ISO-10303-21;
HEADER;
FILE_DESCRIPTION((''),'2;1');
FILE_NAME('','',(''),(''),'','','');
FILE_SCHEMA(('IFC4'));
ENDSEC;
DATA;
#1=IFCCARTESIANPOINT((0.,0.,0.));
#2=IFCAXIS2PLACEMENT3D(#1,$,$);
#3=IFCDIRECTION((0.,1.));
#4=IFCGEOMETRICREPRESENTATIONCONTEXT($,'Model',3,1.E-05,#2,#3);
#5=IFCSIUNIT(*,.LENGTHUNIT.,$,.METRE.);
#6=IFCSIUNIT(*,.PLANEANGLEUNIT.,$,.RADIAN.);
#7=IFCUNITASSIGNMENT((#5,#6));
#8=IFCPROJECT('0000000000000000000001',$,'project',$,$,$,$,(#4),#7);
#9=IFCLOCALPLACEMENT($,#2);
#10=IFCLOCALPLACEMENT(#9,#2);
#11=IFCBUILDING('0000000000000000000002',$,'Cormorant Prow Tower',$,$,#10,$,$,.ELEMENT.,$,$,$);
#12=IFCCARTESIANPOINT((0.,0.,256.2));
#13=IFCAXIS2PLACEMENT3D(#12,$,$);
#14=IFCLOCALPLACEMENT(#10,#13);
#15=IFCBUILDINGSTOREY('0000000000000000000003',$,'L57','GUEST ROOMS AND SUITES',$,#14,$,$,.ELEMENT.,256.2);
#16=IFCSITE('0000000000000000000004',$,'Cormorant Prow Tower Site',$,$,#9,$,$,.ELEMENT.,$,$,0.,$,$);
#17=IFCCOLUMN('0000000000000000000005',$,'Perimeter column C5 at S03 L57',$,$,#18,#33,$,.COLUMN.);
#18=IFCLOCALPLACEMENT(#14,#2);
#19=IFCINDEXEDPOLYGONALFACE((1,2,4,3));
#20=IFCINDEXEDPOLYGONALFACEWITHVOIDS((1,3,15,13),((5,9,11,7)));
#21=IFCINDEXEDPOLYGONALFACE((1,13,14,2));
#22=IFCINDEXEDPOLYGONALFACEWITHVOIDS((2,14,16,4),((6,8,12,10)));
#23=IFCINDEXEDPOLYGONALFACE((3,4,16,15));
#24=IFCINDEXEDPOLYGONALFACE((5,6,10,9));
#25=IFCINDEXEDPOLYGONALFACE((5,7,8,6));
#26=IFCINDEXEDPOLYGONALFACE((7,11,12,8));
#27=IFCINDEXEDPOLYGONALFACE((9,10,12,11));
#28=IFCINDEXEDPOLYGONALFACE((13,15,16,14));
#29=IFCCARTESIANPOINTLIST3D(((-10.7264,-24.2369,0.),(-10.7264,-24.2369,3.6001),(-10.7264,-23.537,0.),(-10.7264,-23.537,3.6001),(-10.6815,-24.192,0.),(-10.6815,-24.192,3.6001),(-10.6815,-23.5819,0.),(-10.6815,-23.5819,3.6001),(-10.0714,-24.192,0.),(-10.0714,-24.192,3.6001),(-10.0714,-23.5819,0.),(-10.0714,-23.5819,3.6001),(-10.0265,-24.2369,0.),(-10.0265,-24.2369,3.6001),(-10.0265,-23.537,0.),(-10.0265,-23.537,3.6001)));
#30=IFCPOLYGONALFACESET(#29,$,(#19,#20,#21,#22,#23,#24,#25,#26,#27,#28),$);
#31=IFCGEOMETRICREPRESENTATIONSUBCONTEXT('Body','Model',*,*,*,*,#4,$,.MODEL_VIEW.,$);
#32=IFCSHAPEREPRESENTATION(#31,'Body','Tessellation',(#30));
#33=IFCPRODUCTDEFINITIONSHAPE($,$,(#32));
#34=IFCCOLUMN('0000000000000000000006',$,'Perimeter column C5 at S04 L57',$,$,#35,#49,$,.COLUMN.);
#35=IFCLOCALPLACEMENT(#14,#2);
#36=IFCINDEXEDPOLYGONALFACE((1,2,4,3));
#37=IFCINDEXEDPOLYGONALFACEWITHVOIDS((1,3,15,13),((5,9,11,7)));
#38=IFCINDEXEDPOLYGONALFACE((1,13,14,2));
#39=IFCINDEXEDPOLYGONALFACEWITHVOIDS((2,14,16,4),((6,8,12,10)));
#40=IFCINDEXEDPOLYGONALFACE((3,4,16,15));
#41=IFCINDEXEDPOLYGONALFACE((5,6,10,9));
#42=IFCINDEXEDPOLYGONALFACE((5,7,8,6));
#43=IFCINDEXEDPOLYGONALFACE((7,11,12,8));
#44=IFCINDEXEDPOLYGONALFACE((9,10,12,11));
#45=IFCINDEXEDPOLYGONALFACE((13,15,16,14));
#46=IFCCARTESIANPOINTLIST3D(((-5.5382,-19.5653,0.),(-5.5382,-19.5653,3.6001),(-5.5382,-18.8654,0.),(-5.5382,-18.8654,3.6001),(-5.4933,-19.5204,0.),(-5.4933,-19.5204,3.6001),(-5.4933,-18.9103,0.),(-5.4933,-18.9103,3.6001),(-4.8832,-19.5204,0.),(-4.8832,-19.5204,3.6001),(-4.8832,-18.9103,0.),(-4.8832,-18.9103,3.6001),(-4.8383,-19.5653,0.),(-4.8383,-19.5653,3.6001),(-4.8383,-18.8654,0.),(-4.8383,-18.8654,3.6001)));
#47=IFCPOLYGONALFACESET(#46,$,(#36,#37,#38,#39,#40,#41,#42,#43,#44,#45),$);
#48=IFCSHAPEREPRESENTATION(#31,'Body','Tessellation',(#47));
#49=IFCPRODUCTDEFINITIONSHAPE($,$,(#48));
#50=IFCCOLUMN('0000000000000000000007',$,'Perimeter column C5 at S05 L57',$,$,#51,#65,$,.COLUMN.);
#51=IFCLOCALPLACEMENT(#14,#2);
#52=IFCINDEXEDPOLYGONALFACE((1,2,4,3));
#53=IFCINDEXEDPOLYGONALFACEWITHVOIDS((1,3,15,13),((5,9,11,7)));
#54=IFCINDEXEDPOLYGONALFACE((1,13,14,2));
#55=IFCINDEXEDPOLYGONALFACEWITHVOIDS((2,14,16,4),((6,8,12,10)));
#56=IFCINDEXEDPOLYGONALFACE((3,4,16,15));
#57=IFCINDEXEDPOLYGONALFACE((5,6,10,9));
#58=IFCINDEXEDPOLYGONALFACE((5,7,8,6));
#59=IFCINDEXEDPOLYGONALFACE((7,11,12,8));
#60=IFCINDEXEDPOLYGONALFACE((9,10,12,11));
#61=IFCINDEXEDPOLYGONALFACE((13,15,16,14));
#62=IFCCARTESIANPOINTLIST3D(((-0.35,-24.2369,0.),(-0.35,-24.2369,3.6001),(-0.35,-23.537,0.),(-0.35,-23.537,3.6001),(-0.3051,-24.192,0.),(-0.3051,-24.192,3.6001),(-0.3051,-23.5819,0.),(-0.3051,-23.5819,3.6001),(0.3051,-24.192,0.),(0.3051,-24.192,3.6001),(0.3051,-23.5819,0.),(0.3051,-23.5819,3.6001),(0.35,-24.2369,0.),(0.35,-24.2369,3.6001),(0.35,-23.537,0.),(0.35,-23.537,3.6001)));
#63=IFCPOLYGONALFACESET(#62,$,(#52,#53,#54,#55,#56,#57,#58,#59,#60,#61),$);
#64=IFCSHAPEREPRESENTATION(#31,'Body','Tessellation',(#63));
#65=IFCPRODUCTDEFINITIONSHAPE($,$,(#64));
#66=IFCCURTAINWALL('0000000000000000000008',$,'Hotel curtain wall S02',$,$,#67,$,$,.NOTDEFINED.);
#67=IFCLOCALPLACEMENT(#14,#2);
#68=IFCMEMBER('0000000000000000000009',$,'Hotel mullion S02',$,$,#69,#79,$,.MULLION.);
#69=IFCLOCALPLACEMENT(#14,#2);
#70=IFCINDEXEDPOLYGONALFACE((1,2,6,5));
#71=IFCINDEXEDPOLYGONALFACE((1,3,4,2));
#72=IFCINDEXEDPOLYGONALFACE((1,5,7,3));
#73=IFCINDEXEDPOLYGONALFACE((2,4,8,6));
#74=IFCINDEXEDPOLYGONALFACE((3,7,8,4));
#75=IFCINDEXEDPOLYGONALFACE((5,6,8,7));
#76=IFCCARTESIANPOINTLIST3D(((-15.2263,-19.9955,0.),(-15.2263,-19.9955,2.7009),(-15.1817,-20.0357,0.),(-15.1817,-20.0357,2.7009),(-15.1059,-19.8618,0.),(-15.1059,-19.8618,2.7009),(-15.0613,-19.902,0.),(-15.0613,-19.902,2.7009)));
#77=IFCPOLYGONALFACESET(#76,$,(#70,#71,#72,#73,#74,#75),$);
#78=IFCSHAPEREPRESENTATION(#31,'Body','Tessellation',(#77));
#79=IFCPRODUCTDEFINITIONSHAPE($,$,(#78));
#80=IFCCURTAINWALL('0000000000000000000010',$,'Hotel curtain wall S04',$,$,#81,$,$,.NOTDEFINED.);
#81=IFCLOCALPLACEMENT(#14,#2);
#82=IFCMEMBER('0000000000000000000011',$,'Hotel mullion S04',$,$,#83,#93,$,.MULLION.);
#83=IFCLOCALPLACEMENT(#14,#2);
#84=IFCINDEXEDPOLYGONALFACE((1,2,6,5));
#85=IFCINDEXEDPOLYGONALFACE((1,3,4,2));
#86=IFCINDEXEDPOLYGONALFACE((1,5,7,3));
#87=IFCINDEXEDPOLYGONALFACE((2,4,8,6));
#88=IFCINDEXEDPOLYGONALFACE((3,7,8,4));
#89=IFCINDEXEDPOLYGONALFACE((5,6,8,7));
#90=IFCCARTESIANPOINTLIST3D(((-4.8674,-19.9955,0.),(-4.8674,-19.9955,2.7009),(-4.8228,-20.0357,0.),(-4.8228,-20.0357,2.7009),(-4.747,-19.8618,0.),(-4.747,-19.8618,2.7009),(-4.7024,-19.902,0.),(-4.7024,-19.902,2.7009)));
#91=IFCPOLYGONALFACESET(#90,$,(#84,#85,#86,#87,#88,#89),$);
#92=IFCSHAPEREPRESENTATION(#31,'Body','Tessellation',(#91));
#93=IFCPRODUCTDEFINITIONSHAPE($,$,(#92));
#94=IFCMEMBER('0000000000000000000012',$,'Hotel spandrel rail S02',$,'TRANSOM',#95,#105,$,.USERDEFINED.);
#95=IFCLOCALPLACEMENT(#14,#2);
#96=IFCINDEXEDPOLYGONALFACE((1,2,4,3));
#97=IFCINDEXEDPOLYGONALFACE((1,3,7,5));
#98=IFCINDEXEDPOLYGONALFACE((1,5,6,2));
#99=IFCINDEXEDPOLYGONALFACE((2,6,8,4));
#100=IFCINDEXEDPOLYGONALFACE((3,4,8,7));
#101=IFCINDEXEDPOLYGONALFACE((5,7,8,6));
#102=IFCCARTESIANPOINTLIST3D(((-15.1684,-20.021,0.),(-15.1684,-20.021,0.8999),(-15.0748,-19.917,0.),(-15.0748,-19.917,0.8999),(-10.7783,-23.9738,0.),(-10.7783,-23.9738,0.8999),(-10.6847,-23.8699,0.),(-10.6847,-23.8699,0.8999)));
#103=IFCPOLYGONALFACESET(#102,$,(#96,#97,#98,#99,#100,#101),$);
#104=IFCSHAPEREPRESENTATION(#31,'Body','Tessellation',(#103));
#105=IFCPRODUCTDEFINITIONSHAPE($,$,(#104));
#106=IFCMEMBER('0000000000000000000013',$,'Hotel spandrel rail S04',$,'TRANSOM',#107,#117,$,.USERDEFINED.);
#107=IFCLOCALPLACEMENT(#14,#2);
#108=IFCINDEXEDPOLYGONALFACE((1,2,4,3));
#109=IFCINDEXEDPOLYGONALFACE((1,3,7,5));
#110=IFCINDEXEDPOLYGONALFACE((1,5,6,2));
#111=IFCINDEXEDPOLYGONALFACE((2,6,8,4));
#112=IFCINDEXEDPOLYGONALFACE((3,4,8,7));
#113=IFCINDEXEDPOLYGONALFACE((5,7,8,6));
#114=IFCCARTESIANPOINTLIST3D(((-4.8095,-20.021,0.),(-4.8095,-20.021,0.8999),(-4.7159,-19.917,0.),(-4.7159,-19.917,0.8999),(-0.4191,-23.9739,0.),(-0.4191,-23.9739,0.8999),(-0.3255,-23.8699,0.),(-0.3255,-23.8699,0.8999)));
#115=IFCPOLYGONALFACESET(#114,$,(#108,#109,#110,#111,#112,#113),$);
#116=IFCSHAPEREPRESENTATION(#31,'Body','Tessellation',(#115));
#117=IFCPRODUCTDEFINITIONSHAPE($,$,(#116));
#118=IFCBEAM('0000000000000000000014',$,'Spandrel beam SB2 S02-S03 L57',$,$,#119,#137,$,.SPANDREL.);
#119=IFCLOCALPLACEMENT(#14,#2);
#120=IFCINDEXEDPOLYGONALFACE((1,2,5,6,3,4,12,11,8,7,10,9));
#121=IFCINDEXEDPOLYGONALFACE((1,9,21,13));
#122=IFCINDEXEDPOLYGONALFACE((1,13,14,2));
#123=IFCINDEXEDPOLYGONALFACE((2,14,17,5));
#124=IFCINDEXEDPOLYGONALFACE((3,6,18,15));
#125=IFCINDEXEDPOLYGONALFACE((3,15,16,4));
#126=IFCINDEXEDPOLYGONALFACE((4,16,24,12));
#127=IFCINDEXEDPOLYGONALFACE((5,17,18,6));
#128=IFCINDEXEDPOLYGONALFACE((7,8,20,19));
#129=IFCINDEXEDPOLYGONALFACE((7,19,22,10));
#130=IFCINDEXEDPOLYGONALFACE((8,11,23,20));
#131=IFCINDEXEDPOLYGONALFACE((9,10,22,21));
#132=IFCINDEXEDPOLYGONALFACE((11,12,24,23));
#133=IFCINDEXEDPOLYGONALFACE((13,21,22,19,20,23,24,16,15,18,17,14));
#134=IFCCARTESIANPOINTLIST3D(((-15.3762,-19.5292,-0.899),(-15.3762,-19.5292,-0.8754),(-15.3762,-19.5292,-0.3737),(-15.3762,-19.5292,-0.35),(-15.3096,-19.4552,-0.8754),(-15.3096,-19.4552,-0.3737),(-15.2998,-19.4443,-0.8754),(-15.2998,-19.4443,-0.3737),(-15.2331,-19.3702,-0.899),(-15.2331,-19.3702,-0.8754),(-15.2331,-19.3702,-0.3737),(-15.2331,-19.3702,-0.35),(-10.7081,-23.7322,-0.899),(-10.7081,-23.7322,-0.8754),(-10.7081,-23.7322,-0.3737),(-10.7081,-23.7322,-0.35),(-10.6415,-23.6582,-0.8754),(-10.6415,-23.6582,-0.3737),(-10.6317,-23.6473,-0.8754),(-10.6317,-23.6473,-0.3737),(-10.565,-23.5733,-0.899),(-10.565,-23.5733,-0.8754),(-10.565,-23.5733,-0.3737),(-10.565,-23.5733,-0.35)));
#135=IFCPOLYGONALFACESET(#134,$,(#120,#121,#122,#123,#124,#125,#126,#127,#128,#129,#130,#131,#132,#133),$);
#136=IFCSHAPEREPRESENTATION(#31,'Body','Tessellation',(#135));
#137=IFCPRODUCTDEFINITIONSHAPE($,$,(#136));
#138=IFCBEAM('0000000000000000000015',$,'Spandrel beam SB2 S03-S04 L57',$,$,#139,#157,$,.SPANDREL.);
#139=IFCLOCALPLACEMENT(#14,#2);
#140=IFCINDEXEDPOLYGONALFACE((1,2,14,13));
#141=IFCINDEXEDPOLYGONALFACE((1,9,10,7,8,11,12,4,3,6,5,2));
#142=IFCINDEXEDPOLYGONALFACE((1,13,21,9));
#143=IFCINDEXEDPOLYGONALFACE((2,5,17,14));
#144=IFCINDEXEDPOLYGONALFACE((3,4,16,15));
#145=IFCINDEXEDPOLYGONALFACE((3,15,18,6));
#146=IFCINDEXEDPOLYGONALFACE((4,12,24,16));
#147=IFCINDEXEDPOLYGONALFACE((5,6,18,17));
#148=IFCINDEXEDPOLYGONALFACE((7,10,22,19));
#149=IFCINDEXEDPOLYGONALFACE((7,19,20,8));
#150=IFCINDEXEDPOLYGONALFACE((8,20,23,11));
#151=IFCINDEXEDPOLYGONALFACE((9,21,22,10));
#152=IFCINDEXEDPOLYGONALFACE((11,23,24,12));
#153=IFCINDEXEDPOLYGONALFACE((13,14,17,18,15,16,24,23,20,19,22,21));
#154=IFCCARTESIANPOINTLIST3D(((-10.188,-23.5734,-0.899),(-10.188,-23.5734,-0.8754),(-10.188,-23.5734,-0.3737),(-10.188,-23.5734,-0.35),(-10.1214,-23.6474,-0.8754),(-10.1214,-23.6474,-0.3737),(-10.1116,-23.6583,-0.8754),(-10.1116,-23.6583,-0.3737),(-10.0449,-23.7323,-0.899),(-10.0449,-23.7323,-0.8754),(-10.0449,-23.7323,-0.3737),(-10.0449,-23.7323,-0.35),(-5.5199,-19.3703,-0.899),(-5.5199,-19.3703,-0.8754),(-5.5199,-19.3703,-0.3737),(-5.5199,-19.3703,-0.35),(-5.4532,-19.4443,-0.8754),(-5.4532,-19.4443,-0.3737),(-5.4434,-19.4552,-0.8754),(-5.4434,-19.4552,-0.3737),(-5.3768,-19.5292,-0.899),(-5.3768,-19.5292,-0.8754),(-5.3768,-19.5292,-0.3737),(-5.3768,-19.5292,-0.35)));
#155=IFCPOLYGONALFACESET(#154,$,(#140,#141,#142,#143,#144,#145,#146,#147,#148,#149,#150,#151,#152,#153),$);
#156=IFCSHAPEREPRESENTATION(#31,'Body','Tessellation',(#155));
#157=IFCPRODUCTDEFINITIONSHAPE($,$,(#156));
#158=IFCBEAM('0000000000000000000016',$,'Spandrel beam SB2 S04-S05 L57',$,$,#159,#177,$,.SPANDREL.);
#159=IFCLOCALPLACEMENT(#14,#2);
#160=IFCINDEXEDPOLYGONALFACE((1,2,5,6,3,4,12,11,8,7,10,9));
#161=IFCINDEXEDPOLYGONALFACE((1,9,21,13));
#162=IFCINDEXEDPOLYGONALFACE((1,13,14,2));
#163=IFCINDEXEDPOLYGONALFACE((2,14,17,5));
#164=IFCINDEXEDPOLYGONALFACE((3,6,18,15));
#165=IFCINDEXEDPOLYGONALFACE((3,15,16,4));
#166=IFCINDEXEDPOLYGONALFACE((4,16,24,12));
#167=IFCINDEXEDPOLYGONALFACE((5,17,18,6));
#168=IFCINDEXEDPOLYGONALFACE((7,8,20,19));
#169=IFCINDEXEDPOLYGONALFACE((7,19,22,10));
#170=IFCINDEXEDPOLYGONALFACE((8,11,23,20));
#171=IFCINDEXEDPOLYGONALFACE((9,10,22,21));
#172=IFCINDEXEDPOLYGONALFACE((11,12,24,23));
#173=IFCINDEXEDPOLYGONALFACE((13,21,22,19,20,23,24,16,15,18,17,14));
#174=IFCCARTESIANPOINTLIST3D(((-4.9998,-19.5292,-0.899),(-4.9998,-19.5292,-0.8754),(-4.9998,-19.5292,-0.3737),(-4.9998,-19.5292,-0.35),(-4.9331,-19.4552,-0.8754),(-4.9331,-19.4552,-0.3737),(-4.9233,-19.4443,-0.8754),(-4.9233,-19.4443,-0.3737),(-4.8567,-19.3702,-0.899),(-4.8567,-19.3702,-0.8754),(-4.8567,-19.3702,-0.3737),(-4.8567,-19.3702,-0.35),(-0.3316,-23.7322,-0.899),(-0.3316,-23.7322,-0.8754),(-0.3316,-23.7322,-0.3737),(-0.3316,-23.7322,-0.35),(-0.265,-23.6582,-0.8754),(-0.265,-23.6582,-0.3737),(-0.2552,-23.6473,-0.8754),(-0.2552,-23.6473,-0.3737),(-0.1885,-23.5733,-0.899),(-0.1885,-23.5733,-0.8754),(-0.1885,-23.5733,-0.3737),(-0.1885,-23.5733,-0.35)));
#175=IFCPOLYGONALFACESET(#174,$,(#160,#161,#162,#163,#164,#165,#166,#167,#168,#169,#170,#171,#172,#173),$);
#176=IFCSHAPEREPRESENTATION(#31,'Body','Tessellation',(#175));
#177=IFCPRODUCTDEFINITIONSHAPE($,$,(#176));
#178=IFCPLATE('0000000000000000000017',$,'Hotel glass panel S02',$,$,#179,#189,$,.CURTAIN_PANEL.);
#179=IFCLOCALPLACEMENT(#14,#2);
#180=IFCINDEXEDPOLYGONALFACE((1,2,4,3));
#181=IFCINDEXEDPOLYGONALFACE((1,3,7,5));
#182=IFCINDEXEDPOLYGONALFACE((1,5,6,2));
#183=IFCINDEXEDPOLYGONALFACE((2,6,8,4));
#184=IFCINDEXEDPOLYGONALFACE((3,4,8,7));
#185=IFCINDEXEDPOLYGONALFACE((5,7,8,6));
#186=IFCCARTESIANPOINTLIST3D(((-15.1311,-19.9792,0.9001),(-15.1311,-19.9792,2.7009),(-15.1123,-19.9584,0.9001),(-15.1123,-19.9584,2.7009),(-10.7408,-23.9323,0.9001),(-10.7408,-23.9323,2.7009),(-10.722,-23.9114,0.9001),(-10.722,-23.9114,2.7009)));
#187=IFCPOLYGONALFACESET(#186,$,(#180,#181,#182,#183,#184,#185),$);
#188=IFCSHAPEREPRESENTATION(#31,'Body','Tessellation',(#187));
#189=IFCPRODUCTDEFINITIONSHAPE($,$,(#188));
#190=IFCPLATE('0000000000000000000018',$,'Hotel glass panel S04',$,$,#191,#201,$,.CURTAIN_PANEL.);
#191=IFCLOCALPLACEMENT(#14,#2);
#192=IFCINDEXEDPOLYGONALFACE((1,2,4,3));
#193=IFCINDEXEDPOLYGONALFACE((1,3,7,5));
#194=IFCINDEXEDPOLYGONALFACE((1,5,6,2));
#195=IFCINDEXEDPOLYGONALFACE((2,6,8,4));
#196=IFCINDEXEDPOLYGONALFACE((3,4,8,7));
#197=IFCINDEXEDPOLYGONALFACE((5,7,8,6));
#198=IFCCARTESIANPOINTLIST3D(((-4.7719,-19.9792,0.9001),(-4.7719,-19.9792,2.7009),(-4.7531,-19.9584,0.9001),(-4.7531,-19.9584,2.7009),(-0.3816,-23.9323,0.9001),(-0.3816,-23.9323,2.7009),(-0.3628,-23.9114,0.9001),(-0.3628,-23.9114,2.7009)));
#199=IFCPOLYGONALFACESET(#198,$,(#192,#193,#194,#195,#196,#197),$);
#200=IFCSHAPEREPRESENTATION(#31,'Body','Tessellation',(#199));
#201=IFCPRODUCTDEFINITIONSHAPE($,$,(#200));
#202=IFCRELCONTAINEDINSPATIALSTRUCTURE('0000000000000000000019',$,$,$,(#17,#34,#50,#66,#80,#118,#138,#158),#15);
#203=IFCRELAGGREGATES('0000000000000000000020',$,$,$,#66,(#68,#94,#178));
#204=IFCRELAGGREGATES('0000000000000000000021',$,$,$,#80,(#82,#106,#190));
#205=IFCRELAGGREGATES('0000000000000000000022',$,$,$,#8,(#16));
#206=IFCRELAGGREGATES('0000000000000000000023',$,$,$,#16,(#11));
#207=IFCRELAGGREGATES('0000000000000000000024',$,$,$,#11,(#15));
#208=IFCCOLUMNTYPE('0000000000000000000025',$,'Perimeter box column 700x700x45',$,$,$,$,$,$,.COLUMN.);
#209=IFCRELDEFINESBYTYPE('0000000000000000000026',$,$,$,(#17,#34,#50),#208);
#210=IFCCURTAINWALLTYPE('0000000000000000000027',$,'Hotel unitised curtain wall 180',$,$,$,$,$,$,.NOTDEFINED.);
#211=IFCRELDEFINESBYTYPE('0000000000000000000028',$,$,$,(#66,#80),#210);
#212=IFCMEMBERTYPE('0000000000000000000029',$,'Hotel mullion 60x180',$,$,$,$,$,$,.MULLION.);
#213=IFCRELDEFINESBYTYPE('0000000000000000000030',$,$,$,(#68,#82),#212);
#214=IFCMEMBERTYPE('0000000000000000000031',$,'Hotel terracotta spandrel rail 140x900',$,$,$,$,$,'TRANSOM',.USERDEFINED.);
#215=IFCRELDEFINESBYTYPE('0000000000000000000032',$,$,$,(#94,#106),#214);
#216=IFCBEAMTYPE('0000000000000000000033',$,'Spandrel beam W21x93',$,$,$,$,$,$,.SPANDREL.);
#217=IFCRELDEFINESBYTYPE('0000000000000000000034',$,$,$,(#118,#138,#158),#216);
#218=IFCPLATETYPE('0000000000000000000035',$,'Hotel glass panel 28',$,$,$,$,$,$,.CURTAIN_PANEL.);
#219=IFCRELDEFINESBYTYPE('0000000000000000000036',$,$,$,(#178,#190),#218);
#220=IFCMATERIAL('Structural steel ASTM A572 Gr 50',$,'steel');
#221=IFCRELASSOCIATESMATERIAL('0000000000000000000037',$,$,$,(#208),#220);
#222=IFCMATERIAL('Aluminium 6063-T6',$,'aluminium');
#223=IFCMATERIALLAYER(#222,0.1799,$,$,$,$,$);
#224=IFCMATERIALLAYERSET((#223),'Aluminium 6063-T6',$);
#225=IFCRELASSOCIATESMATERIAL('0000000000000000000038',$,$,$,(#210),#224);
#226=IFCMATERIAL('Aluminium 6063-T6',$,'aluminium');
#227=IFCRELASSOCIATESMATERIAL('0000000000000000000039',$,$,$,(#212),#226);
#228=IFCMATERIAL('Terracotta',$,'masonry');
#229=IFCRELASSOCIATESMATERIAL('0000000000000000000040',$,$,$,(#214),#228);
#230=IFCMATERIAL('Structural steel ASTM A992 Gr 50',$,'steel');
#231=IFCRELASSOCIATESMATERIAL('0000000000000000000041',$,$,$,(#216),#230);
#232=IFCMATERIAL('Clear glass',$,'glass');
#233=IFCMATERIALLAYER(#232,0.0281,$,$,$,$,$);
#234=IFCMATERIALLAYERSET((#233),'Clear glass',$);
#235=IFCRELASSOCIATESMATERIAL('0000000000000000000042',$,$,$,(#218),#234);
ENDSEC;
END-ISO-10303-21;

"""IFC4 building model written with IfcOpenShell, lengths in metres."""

from ifc_helpers import new_model, si_unit, direction, frame, origin, origin_2d, place, context, subcontext, project, spatial, rectangle, hollow_rectangle, i_section, extrude, material, layer, layer_set, material_profile, profile_set, type_object, element, aggregate, save


model = new_model("IFC4")

# Units and contexts
model_context = context("Model", 3, precision=1e-05, world=origin(), true_north=direction((0.0, 1.0)))
body_context = subcontext(model_context, "Body", "Model", "MODEL_VIEW")
ifc_project = project(units=[si_unit("LENGTHUNIT", "METRE"), si_unit("PLANEANGLEUNIT", "RADIAN")], contexts=[model_context])

# Site, building, storey
site_placement = place(None, origin())
site = spatial("IfcSite", under=ifc_project, at=site_placement, Name="Cormorant Prow Tower Site", CompositionType="ELEMENT", RefElevation=0.0)
building_placement = place(site_placement, origin())
building = spatial("IfcBuilding", under=site, at=building_placement, Name="Cormorant Prow Tower", CompositionType="ELEMENT")
storey_placement = place(building_placement, frame((0.0, 0.0, 256.2)))
storey = spatial("IfcBuildingStorey", under=building, at=storey_placement, Name="L57", Description="GUEST ROOMS AND SUITES", CompositionType="ELEMENT", Elevation=256.2)

# Columns
ifc_material_1 = material(Name="Structural steel ASTM A572 Gr 50", Category="steel")
ifc_material_profile_1 = material_profile(ifc_material_1, hollow_rectangle(XDim=0.7, YDim=0.7, WallThickness=0.0449, at=origin_2d()), Name="Box 700x700x45")
ifc_profile_set_1 = profile_set([ifc_material_profile_1], Name="Structural steel ASTM A572 Gr 50")
column_type = type_object("IfcColumnType", Name="Perimeter box column 700x700x45", PredefinedType="COLUMN", material=ifc_profile_set_1)
for number, where, z_axis, x_axis, name in (
    (1, (-10.3765, -23.887, 0.0), (0.0, 0.0, 1.0), (1.0, 0.0, 0.0), "Perimeter column C5 at S03 L57"),
    (2, (-5.1882, -19.2153, 0.0), (0.0, 0.0, 1.0), (1.0, 0.0, 0.0), "Perimeter column C5 at S04 L57"),
    (3, (0.0, -23.887, 0.0), (0.0, 0.0, 1.0), (1.0, 0.0, 0.0), "Perimeter column C5 at S05 L57"),
):
    element("IfcColumn", number, at=place(storey_placement, frame(where, z_axis=z_axis, x_axis=x_axis)), inside=storey, type_object=column_type, Name=name, PredefinedType="COLUMN", context=body_context, shape_type="SweptSolid", body=[
        extrude(hollow_rectangle(XDim=0.7, YDim=0.7, WallThickness=0.0449, at=origin_2d()), origin(), (0.0, 0.0, 1.0), 3.6001),
    ])

# Curtain walls, members
ifc_material_2 = material(Name="Aluminium 6063-T6", Category="aluminium")
ifc_layer_1 = layer(ifc_material_2, 0.1799)
ifc_layer_set_1 = layer_set([ifc_layer_1], Name="Aluminium 6063-T6")
curtain_wall_type = type_object("IfcCurtainWallType", Name="Hotel unitised curtain wall 180", PredefinedType="NOTDEFINED", material=ifc_layer_set_1)
curtain_wall_1_placement = place(storey_placement, origin())
curtain_wall_1 = element("IfcCurtainWall", 4, at=curtain_wall_1_placement, inside=storey, type_object=curtain_wall_type, Name="Hotel curtain wall S02", PredefinedType="NOTDEFINED")
ifc_material_3 = material(Name="Aluminium 6063-T6", Category="aluminium")
ifc_material_profile_2 = material_profile(ifc_material_3, rectangle(XDim=0.1799, YDim=0.0601, at=origin_2d()), Name="Hotel mullion 60x180")
ifc_profile_set_2 = profile_set([ifc_material_profile_2], Name="Aluminium 6063-T6")
member_type_1 = type_object("IfcMemberType", Name="Hotel mullion 60x180", PredefinedType="MULLION", material=ifc_profile_set_2)
member_1_placement = place(storey_placement, frame((-15.1438, -19.9487, 0.0), z_axis=(0.0, 0.0, 1.0), x_axis=(0.669131, 0.743145, 0.0)))
member_1 = element("IfcMember", 5, at=member_1_placement, type_object=member_type_1, Name="Hotel mullion S02", PredefinedType="MULLION", context=body_context, shape_type="SweptSolid", body=[
    extrude(rectangle(XDim=0.1799, YDim=0.0601, at=origin_2d()), origin(), (0.0, 0.0, 1.0), 2.7009),
])
curtain_wall_2_placement = place(storey_placement, origin())
curtain_wall_2 = element("IfcCurtainWall", 6, at=curtain_wall_2_placement, inside=storey, type_object=curtain_wall_type, Name="Hotel curtain wall S04", PredefinedType="NOTDEFINED")
member_2_placement = place(storey_placement, frame((-4.7849, -19.9487, 0.0), z_axis=(0.0, 0.0, 1.0), x_axis=(0.669131, 0.743145, 0.0)))
member_2 = element("IfcMember", 7, at=member_2_placement, type_object=member_type_1, Name="Hotel mullion S04", PredefinedType="MULLION", context=body_context, shape_type="SweptSolid", body=[
    extrude(rectangle(XDim=0.1799, YDim=0.0601, at=origin_2d()), origin(), (0.0, 0.0, 1.0), 2.7009),
])

# Members
ifc_material_4 = material(Name="Terracotta", Category="masonry")
ifc_material_profile_3 = material_profile(ifc_material_4, rectangle(XDim=0.1399, YDim=0.8999, at=origin_2d()), Name="Hotel terracotta spandrel rail 140x900")
ifc_profile_set_3 = profile_set([ifc_material_profile_3], Name="Terracotta")
member_type_2 = type_object("IfcMemberType", Name="Hotel terracotta spandrel rail 140x900", ElementType="TRANSOM", PredefinedType="USERDEFINED", material=ifc_profile_set_3)
member_3_placement = place(storey_placement, frame((-15.1216, -19.969, 0.45), z_axis=(0.743146, -0.669129, 0.0), x_axis=(0.669129, 0.743146, 0.0)))
member_3 = element("IfcMember", 8, at=member_3_placement, type_object=member_type_2, Name="Hotel spandrel rail S02", ObjectType="TRANSOM", PredefinedType="USERDEFINED", context=body_context, shape_type="SweptSolid", body=[
    extrude(rectangle(XDim=0.1399, YDim=0.8999, at=origin_2d()), origin(), (0.0, 0.0, 1.0), 5.9075),
])
member_4_placement = place(storey_placement, frame((-4.7627, -19.969, 0.45), z_axis=(0.743165, -0.669109, 0.0), x_axis=(0.669109, 0.743165, 0.0)))
member_4 = element("IfcMember", 9, at=member_4_placement, type_object=member_type_2, Name="Hotel spandrel rail S04", ObjectType="TRANSOM", PredefinedType="USERDEFINED", context=body_context, shape_type="SweptSolid", body=[
    extrude(rectangle(XDim=0.1399, YDim=0.8999, at=origin_2d()), origin(), (0.0, 0.0, 1.0), 5.9077),
])

# Beams
ifc_material_5 = material(Name="Structural steel ASTM A992 Gr 50", Category="steel")
ifc_material_profile_4 = material_profile(ifc_material_5, i_section(OverallWidth=0.2139, OverallDepth=0.5491, WebThickness=0.0146, FlangeThickness=0.0237, at=origin_2d()), Name="W21x93")
ifc_profile_set_4 = profile_set([ifc_material_profile_4], Name="Structural steel ASTM A992 Gr 50")
beam_type = type_object("IfcBeamType", Name="Spandrel beam W21x93", PredefinedType="SPANDREL", material=ifc_profile_set_4)
for number, where, z_axis, x_axis, name in (
    (10, (-15.3047, -19.4497, -0.6245), (0.743157, -0.669117, 0.0), (0.669117, 0.743157, 0.0), "Spandrel beam SB2 S02-S03 L57"),
    (11, (-10.1165, -23.6528, -0.6245), (0.743157, 0.669117, 0.0), (-0.669117, 0.743157, 0.0), "Spandrel beam SB2 S03-S04 L57"),
    (12, (-4.9282, -19.4497, -0.6245), (0.743157, -0.669117, 0.0), (0.669117, 0.743157, 0.0), "Spandrel beam SB2 S04-S05 L57"),
):
    element("IfcBeam", number, at=place(storey_placement, frame(where, z_axis=z_axis, x_axis=x_axis)), inside=storey, type_object=beam_type, Name=name, PredefinedType="SPANDREL", context=body_context, shape_type="SweptSolid", body=[
        extrude(i_section(OverallWidth=0.2139, OverallDepth=0.5491, WebThickness=0.0146, FlangeThickness=0.0237, at=origin_2d()), origin(), (0.0, 0.0, 1.0), 6.2815),
    ])

# Plates
ifc_material_6 = material(Name="Clear glass", Category="glass")
ifc_layer_2 = layer(ifc_material_6, 0.0281)
ifc_layer_set_2 = layer_set([ifc_layer_2], Name="Clear glass")
plate_type = type_object("IfcPlateType", Name="Hotel glass panel 28", PredefinedType="CURTAIN_PANEL", material=ifc_layer_set_2)
plate_1_placement = place(storey_placement, frame((-12.9265, -21.9453, 0.9001), z_axis=(0.0, 0.0, 1.0), x_axis=(0.743145, -0.669131, 0.0)))
plate_1 = element("IfcPlate", 13, at=plate_1_placement, type_object=plate_type, Name="Hotel glass panel S02", PredefinedType="CURTAIN_PANEL", context=body_context, shape_type="SweptSolid", body=[
    extrude(rectangle(XDim=5.9077, YDim=0.0281, at=origin_2d()), origin(), (0.0, 0.0, 1.0), 1.8008),
])
aggregate(curtain_wall_1, [member_1, member_3, plate_1])
plate_2_placement = place(storey_placement, frame((-2.5674, -21.9453, 0.9001), z_axis=(0.0, 0.0, 1.0), x_axis=(0.743145, -0.669131, 0.0)))
plate_2 = element("IfcPlate", 14, at=plate_2_placement, type_object=plate_type, Name="Hotel glass panel S04", PredefinedType="CURTAIN_PANEL", context=body_context, shape_type="SweptSolid", body=[
    extrude(rectangle(XDim=5.9077, YDim=0.0281, at=origin_2d()), origin(), (0.0, 0.0, 1.0), 1.8008),
])
aggregate(curtain_wall_2, [member_2, member_4, plate_2])

save(model, "model.ifc")
